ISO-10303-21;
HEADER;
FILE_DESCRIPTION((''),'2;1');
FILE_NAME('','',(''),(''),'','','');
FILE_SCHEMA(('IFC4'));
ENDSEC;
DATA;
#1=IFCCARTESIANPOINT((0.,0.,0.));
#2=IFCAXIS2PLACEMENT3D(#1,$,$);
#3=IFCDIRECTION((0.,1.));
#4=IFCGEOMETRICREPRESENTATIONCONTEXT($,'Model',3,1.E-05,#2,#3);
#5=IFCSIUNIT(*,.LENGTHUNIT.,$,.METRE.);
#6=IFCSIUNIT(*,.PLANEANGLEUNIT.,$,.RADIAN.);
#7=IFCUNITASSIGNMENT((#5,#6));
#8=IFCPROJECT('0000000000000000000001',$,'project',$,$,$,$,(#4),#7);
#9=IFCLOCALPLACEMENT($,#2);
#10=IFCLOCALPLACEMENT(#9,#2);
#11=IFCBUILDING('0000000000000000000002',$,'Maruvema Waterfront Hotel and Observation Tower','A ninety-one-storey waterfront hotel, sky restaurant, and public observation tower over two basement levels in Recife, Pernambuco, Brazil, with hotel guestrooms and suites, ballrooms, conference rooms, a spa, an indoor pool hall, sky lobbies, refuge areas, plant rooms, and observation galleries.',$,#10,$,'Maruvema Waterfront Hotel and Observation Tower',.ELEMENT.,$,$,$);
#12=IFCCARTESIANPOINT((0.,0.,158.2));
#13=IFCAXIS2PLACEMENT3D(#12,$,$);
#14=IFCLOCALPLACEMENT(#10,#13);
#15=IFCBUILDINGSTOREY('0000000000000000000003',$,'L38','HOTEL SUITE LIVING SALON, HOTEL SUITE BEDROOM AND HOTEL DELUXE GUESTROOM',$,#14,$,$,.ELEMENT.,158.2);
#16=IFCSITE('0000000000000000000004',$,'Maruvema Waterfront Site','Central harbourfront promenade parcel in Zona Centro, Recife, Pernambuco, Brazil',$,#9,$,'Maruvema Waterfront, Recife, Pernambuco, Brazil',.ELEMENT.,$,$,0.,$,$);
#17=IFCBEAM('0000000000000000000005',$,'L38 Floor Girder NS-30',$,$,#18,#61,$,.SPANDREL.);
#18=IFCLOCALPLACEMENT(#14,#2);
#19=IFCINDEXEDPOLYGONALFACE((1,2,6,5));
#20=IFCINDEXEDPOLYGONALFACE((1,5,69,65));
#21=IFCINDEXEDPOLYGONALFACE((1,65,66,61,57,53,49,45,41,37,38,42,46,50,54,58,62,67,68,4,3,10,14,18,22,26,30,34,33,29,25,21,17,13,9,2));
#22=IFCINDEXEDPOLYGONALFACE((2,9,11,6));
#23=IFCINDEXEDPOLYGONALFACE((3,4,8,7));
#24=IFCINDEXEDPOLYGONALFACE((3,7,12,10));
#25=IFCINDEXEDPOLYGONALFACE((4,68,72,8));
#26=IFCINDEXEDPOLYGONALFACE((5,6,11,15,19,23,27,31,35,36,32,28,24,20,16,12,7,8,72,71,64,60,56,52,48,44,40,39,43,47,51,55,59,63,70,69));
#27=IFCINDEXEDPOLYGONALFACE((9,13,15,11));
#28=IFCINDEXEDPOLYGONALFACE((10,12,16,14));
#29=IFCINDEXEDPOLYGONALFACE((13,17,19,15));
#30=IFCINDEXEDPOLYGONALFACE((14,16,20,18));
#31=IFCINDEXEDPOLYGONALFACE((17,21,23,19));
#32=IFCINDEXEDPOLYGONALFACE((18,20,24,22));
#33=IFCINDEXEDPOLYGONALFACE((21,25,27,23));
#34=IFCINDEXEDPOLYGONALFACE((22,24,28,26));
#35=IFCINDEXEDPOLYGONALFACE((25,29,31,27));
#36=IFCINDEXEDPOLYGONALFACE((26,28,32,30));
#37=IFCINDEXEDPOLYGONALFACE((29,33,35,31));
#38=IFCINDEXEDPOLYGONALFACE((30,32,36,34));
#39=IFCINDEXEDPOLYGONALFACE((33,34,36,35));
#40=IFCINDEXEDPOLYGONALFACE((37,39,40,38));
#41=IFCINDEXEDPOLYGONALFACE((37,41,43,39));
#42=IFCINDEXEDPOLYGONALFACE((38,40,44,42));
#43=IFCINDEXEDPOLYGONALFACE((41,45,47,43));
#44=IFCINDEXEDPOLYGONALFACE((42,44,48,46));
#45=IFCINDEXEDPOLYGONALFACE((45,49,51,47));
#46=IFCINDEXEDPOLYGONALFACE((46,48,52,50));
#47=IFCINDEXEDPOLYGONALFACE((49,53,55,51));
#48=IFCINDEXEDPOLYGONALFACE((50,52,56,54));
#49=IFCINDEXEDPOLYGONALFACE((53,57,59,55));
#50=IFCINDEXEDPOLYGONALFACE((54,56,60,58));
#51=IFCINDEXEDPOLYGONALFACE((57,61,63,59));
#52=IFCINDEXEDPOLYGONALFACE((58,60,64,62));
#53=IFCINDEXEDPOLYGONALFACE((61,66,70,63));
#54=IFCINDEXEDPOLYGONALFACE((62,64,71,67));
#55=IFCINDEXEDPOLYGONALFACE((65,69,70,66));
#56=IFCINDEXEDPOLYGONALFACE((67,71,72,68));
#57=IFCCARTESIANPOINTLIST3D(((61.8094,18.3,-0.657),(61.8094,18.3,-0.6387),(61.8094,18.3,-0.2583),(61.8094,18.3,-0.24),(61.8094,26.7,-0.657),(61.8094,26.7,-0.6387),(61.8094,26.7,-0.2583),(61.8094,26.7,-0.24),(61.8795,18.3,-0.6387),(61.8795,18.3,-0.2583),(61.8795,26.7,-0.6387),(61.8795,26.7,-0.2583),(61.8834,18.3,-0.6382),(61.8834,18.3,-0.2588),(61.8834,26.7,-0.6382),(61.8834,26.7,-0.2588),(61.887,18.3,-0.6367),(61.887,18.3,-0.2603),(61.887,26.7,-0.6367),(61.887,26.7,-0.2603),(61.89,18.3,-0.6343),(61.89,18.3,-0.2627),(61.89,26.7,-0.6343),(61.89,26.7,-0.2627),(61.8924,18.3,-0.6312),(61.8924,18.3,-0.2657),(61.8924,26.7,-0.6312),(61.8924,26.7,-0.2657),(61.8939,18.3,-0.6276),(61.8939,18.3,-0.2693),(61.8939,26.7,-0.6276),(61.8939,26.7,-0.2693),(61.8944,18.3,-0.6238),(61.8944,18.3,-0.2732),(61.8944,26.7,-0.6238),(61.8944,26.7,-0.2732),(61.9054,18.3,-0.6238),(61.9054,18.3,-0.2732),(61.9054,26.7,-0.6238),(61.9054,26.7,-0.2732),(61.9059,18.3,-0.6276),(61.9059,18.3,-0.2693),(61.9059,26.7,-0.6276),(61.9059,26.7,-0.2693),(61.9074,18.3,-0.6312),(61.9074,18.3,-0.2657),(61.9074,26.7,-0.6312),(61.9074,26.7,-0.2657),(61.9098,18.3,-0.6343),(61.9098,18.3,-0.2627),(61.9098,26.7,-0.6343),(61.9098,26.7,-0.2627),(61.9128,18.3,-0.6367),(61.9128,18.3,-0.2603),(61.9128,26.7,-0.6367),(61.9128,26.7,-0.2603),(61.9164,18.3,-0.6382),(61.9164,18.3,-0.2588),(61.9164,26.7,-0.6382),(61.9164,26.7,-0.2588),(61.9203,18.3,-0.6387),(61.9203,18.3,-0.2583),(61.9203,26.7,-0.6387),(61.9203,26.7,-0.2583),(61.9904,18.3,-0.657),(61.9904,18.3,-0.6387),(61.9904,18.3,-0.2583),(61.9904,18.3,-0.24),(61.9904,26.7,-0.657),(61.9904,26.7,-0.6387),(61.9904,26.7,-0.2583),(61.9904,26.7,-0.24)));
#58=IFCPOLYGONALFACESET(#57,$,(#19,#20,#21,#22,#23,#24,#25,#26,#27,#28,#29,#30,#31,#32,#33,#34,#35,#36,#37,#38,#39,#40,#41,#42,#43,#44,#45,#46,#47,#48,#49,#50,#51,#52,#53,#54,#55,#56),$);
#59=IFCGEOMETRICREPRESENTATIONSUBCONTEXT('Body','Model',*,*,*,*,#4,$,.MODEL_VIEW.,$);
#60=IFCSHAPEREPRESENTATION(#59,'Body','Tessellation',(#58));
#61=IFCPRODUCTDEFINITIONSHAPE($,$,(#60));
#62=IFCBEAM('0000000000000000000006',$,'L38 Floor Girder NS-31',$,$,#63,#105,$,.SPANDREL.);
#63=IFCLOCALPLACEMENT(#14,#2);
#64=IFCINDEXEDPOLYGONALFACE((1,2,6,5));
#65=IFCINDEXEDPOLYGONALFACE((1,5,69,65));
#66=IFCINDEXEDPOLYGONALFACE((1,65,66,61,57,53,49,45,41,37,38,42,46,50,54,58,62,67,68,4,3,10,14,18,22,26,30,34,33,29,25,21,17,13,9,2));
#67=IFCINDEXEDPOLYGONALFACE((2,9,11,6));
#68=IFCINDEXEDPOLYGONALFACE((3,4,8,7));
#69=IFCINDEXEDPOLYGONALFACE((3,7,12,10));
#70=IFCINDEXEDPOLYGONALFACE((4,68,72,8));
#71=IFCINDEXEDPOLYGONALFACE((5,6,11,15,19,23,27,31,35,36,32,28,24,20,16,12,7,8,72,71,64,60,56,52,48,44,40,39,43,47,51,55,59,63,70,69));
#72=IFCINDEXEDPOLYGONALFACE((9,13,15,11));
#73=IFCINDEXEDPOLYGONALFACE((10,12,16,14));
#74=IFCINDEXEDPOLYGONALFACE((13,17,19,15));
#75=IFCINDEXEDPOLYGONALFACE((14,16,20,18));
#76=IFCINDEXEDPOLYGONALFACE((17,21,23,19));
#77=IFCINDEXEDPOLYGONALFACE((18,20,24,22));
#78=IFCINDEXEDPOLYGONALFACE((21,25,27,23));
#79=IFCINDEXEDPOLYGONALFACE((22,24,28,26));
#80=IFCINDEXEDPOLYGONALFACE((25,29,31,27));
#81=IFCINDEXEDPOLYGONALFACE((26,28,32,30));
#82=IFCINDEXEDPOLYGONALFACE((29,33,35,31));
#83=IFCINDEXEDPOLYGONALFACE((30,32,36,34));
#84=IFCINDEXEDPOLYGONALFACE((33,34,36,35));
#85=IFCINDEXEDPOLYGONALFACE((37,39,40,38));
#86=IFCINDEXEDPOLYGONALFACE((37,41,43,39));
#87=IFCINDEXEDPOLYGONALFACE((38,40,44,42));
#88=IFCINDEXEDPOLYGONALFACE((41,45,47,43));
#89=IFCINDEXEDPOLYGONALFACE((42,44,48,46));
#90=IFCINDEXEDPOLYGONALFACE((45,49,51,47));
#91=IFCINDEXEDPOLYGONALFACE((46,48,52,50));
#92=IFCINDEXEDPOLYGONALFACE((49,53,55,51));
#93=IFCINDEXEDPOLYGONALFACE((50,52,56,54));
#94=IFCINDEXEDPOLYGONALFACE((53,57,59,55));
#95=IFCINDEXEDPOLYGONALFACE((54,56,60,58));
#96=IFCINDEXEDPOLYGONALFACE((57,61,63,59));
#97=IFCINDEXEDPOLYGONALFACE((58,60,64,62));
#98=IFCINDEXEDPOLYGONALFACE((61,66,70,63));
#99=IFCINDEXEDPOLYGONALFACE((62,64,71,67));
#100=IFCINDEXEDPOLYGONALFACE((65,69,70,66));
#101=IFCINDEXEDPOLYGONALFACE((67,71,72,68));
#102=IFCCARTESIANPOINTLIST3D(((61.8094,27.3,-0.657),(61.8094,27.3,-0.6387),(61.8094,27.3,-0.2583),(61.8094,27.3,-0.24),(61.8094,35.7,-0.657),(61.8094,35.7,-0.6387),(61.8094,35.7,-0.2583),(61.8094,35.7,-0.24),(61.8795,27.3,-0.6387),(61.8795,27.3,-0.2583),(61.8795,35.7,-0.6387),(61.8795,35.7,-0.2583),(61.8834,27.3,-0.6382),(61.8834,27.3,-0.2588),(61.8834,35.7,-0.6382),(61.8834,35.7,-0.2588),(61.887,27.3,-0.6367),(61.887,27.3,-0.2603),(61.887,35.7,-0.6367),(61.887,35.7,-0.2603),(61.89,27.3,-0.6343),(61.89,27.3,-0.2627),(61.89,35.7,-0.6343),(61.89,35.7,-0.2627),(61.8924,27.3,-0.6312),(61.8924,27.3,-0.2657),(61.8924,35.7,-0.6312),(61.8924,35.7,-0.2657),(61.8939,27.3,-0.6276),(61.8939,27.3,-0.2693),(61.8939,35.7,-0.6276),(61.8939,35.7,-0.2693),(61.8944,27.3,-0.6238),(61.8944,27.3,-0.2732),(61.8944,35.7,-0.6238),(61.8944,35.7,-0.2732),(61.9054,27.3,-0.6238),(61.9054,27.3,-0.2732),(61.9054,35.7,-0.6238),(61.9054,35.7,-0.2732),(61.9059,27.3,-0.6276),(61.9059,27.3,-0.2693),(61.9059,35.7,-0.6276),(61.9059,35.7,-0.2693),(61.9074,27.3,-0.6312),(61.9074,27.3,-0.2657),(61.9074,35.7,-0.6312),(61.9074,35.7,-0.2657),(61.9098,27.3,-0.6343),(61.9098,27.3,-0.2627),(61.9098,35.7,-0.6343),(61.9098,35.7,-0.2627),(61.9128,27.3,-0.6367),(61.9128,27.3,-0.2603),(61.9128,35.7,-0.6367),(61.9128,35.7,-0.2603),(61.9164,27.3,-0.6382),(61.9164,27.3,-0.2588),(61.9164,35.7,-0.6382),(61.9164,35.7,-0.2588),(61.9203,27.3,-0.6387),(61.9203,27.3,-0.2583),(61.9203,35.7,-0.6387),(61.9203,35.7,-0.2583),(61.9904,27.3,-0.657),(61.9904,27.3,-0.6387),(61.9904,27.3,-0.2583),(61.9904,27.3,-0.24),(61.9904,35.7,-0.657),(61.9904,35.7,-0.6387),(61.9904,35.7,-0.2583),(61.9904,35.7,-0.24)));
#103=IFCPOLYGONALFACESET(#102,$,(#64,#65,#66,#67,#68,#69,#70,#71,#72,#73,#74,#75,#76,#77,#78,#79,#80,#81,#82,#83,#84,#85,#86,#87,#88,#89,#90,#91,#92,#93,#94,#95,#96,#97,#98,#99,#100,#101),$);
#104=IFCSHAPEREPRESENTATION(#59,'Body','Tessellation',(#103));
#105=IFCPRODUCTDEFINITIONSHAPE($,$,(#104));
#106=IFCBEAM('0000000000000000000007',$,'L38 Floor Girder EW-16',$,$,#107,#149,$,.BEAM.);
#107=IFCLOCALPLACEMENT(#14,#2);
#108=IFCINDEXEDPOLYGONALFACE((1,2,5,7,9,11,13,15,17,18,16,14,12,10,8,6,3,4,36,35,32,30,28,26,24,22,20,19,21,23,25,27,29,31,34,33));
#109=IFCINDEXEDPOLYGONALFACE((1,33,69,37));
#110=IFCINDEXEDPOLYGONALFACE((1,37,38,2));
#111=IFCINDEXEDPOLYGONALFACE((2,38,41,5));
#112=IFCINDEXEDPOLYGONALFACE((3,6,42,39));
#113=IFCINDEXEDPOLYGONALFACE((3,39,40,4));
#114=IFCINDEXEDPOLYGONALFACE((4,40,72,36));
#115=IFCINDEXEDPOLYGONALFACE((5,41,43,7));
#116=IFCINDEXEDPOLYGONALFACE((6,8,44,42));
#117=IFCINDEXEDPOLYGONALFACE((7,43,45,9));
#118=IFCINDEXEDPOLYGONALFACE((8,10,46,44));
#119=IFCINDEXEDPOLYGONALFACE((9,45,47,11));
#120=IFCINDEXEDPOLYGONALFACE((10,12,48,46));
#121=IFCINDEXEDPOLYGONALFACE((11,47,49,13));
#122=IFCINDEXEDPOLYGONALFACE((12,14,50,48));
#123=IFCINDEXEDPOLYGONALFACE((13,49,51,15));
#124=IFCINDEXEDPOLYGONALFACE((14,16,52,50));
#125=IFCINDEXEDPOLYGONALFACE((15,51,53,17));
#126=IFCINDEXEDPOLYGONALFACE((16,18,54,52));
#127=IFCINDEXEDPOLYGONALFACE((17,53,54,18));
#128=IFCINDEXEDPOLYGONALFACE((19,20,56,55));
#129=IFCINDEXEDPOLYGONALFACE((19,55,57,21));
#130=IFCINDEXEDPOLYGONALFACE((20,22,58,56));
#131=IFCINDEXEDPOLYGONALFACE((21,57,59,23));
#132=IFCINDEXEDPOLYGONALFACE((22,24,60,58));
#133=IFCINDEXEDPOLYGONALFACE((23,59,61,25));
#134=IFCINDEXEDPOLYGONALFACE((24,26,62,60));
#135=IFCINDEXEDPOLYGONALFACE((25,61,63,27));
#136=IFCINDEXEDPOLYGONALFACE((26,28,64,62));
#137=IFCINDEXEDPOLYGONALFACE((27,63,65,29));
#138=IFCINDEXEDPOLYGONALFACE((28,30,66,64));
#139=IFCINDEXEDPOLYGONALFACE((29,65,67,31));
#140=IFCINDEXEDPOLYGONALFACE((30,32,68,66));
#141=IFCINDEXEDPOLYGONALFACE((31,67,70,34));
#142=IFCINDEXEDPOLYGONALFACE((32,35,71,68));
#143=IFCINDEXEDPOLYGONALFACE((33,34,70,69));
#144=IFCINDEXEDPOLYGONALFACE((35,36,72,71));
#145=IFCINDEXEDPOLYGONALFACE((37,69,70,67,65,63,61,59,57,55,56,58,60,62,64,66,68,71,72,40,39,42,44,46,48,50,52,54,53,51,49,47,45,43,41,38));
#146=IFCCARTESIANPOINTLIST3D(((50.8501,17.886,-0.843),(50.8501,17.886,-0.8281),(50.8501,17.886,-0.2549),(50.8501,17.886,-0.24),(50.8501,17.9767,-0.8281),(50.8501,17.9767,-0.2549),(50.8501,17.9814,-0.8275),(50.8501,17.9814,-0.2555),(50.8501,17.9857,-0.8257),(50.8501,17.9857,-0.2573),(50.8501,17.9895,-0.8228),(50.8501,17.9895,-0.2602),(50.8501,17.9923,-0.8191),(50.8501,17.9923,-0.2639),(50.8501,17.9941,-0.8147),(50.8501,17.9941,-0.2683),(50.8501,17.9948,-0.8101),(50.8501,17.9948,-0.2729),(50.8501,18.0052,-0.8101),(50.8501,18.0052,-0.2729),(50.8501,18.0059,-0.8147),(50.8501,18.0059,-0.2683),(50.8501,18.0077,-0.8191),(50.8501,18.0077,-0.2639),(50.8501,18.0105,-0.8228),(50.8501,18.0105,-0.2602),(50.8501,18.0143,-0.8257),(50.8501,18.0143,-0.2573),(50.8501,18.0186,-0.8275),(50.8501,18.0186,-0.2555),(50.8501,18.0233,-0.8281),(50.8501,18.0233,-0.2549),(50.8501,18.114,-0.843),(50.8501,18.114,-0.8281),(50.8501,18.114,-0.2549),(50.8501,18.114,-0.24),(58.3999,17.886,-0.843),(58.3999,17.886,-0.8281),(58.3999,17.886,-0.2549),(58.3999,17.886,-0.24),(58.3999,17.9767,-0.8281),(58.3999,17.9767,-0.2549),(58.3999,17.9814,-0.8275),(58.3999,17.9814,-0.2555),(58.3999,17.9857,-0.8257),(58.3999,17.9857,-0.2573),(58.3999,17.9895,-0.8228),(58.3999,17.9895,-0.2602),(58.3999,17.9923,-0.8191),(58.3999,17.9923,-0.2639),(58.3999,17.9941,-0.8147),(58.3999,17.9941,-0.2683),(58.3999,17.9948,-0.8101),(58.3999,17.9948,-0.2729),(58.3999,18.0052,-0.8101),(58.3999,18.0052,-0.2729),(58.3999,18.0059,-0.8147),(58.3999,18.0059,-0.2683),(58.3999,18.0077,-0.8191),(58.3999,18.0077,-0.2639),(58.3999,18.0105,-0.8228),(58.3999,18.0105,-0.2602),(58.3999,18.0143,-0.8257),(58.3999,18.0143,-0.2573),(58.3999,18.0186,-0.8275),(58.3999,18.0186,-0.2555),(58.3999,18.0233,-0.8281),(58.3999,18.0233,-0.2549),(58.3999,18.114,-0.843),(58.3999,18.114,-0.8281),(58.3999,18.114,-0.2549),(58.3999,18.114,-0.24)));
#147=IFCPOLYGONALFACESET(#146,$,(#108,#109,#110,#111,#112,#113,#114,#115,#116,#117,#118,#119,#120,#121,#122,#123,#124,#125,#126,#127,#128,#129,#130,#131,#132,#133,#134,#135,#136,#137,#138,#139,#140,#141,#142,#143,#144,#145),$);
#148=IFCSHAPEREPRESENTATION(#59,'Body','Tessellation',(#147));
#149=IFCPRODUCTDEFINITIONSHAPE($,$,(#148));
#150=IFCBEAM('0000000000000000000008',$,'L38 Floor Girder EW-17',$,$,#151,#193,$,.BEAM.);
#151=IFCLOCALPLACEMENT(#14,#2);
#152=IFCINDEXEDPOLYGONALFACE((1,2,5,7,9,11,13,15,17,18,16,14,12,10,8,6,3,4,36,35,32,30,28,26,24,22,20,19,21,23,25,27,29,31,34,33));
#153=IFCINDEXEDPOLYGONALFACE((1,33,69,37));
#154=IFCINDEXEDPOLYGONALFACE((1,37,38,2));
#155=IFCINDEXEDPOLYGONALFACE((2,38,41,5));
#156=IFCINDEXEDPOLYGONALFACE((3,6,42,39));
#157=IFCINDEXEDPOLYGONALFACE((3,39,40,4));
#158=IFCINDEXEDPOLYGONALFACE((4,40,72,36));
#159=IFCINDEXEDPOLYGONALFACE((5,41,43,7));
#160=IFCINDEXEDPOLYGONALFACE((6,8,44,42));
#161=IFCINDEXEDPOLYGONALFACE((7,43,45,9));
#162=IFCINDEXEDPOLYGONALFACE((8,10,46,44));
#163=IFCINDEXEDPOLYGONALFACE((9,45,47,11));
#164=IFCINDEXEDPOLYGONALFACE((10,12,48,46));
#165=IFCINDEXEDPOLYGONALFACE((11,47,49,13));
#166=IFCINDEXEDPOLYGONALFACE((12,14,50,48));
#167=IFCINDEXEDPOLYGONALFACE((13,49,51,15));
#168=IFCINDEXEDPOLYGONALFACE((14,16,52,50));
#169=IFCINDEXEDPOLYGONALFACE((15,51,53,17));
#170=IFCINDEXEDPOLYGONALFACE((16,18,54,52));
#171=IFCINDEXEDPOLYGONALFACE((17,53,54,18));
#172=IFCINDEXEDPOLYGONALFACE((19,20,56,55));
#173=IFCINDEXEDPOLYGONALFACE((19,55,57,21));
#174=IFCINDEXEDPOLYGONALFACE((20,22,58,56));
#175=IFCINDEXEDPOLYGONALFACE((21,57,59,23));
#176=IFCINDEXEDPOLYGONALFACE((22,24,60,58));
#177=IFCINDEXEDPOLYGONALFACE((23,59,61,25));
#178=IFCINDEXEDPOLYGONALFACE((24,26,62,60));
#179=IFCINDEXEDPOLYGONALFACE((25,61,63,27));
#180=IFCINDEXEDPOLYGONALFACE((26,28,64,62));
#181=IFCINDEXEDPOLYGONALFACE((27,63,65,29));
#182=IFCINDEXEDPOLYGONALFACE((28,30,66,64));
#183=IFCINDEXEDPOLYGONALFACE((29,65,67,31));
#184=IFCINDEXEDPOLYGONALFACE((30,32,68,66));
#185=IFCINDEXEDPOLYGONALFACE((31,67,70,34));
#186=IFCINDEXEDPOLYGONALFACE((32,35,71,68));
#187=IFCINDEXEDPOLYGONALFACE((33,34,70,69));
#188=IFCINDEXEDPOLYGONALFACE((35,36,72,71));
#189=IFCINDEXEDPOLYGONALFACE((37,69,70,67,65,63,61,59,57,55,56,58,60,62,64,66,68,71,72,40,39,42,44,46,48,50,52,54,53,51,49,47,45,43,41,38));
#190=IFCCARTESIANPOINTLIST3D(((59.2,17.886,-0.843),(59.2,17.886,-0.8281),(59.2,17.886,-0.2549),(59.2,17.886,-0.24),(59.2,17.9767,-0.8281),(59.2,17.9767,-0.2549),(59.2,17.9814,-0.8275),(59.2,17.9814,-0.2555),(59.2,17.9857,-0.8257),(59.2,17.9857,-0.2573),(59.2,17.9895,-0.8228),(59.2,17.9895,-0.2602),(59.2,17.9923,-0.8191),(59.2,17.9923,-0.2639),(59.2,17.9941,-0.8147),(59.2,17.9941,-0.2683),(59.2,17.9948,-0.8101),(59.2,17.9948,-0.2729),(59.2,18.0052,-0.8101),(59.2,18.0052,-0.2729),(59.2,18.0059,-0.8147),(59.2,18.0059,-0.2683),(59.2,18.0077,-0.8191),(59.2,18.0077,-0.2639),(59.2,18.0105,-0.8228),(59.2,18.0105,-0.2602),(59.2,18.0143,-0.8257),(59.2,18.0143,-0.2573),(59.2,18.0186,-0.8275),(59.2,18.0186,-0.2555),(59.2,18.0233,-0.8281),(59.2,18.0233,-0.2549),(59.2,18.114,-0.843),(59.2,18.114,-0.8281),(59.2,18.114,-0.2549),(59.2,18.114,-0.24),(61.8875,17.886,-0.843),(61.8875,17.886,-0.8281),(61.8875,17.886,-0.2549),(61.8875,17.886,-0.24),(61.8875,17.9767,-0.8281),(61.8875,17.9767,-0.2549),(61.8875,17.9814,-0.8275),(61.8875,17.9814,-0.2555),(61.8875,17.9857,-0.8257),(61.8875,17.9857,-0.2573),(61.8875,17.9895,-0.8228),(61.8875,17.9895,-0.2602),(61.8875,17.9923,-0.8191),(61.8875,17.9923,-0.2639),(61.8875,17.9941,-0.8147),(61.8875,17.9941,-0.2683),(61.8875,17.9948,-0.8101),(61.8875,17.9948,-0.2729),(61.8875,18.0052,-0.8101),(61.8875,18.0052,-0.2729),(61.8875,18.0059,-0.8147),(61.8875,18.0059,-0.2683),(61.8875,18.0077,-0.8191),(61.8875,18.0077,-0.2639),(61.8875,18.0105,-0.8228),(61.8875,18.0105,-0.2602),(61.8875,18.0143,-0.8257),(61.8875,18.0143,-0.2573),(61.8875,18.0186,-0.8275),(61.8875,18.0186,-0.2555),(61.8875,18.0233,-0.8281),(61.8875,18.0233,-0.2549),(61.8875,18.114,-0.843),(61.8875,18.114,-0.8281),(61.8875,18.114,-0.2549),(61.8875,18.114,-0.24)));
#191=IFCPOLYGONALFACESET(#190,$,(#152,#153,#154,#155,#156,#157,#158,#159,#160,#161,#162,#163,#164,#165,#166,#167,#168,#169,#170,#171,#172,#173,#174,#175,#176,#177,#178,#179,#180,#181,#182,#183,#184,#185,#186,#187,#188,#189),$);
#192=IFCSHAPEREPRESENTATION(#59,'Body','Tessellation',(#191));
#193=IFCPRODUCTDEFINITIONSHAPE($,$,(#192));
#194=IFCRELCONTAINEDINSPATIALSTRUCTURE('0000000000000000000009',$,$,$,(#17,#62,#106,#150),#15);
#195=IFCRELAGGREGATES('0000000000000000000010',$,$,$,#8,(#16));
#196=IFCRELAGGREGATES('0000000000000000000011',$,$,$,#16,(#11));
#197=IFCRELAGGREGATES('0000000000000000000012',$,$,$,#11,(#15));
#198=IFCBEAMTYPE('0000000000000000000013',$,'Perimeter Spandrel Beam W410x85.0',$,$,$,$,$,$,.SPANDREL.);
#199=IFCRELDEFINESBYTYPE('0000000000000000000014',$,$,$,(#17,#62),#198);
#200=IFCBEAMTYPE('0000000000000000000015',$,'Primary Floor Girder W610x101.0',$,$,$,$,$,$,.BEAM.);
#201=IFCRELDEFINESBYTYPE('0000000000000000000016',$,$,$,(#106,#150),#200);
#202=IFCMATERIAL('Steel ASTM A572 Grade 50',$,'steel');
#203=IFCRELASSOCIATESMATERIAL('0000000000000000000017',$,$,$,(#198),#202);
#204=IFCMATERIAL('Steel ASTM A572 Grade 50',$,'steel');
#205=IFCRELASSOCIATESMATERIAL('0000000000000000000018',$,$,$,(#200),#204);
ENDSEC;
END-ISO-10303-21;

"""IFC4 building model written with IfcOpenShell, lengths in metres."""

from ifc_helpers import new_model, si_unit, direction, frame, origin, origin_2d, place, context, subcontext, project, spatial, i_section, extrude, material, material_profile, profile_set, type_object, element, save


model = new_model("IFC4")

# Units and contexts
model_context = context("Model", 3, precision=1e-05, world=origin(), true_north=direction((0.0, 1.0)))
body_context = subcontext(model_context, "Body", "Model", "MODEL_VIEW")
ifc_project = project(units=[si_unit("LENGTHUNIT", "METRE"), si_unit("PLANEANGLEUNIT", "RADIAN")], contexts=[model_context])

# Site, building, storey
site_placement = place(None, origin())
site = spatial("IfcSite", under=ifc_project, at=site_placement, Name="Maruvema Waterfront Site", Description="Central harbourfront promenade parcel in Zona Centro, Recife, Pernambuco, Brazil", LongName="Maruvema Waterfront, Recife, Pernambuco, Brazil", CompositionType="ELEMENT", RefElevation=0.0)
building_placement = place(site_placement, origin())
building = spatial("IfcBuilding", under=site, at=building_placement, Name="Maruvema Waterfront Hotel and Observation Tower", Description="A ninety-one-storey waterfront hotel, sky restaurant, and public observation tower over two basement levels in Recife, Pernambuco, Brazil, with hotel guestrooms and suites, ballrooms, conference rooms, a spa, an indoor pool hall, sky lobbies, refuge areas, plant rooms, and observation galleries.", LongName="Maruvema Waterfront Hotel and Observation Tower", CompositionType="ELEMENT")
storey_placement = place(building_placement, frame((0.0, 0.0, 158.2)))
storey = spatial("IfcBuildingStorey", under=building, at=storey_placement, Name="L38", Description="HOTEL SUITE LIVING SALON, HOTEL SUITE BEDROOM AND HOTEL DELUXE GUESTROOM", CompositionType="ELEMENT", Elevation=158.2)

# Beams
ifc_material_1 = material(Name="Steel ASTM A572 Grade 50", Category="steel")
ifc_material_profile_1 = material_profile(ifc_material_1, i_section(OverallWidth=0.1809, OverallDepth=0.417, WebThickness=0.011, FlangeThickness=0.0183, FilletRadius=0.0149, at=origin_2d()), Name="W410x85.0")
ifc_profile_set_1 = profile_set([ifc_material_profile_1], Name="Steel ASTM A572 Grade 50")
beam_type_1 = type_object("IfcBeamType", Name="Perimeter Spandrel Beam W410x85.0", PredefinedType="SPANDREL", material=ifc_profile_set_1)
for number, where, z_axis, x_axis, name in (
    (1, (61.8999, 18.3, -0.4485), (0.0, 1.0, 0.0), (-1.0, 0.0, 0.0), "L38 Floor Girder NS-30"),
    (2, (61.8999, 27.3, -0.4485), (0.0, 1.0, 0.0), (-1.0, 0.0, 0.0), "L38 Floor Girder NS-31"),
):
    element("IfcBeam", number, at=place(storey_placement, frame(where, z_axis=z_axis, x_axis=x_axis)), inside=storey, type_object=beam_type_1, Name=name, PredefinedType="SPANDREL", context=body_context, shape_type="SweptSolid", body=[
        extrude(i_section(OverallWidth=0.1809, OverallDepth=0.417, WebThickness=0.011, FlangeThickness=0.0183, FilletRadius=0.0149, at=origin_2d()), origin(), (0.0, 0.0, 1.0), 8.3999),
    ])
ifc_material_2 = material(Name="Steel ASTM A572 Grade 50", Category="steel")
ifc_material_profile_2 = material_profile(ifc_material_2, i_section(OverallWidth=0.228, OverallDepth=0.603, WebThickness=0.0105, FlangeThickness=0.0149, FilletRadius=0.0181, at=origin_2d()), Name="W610x101.0")
ifc_profile_set_2 = profile_set([ifc_material_profile_2], Name="Steel ASTM A572 Grade 50")
beam_type_2 = type_object("IfcBeamType", Name="Primary Floor Girder W610x101.0", PredefinedType="BEAM", material=ifc_profile_set_2)
beam_1_placement = place(storey_placement, frame((50.8501, 18.0, -0.5415), z_axis=(1.0, 0.0, 0.0), x_axis=(0.0, 1.0, 0.0)))
element("IfcBeam", 3, at=beam_1_placement, inside=storey, type_object=beam_type_2, Name="L38 Floor Girder EW-16", PredefinedType="BEAM", context=body_context, shape_type="SweptSolid", body=[
    extrude(i_section(OverallWidth=0.228, OverallDepth=0.603, WebThickness=0.0105, FlangeThickness=0.0149, FilletRadius=0.0181, at=origin_2d()), origin(), (0.0, 0.0, 1.0), 7.5498),
])
beam_2_placement = place(storey_placement, frame((59.2, 18.0, -0.5415), z_axis=(1.0, 0.0, 0.0), x_axis=(0.0, 1.0, 0.0)))
element("IfcBeam", 4, at=beam_2_placement, inside=storey, type_object=beam_type_2, Name="L38 Floor Girder EW-17", PredefinedType="BEAM", context=body_context, shape_type="SweptSolid", body=[
    extrude(i_section(OverallWidth=0.228, OverallDepth=0.603, WebThickness=0.0105, FlangeThickness=0.0149, FilletRadius=0.0181, at=origin_2d()), origin(), (0.0, 0.0, 1.0), 2.6875),
])

save(model, "model.ifc")
